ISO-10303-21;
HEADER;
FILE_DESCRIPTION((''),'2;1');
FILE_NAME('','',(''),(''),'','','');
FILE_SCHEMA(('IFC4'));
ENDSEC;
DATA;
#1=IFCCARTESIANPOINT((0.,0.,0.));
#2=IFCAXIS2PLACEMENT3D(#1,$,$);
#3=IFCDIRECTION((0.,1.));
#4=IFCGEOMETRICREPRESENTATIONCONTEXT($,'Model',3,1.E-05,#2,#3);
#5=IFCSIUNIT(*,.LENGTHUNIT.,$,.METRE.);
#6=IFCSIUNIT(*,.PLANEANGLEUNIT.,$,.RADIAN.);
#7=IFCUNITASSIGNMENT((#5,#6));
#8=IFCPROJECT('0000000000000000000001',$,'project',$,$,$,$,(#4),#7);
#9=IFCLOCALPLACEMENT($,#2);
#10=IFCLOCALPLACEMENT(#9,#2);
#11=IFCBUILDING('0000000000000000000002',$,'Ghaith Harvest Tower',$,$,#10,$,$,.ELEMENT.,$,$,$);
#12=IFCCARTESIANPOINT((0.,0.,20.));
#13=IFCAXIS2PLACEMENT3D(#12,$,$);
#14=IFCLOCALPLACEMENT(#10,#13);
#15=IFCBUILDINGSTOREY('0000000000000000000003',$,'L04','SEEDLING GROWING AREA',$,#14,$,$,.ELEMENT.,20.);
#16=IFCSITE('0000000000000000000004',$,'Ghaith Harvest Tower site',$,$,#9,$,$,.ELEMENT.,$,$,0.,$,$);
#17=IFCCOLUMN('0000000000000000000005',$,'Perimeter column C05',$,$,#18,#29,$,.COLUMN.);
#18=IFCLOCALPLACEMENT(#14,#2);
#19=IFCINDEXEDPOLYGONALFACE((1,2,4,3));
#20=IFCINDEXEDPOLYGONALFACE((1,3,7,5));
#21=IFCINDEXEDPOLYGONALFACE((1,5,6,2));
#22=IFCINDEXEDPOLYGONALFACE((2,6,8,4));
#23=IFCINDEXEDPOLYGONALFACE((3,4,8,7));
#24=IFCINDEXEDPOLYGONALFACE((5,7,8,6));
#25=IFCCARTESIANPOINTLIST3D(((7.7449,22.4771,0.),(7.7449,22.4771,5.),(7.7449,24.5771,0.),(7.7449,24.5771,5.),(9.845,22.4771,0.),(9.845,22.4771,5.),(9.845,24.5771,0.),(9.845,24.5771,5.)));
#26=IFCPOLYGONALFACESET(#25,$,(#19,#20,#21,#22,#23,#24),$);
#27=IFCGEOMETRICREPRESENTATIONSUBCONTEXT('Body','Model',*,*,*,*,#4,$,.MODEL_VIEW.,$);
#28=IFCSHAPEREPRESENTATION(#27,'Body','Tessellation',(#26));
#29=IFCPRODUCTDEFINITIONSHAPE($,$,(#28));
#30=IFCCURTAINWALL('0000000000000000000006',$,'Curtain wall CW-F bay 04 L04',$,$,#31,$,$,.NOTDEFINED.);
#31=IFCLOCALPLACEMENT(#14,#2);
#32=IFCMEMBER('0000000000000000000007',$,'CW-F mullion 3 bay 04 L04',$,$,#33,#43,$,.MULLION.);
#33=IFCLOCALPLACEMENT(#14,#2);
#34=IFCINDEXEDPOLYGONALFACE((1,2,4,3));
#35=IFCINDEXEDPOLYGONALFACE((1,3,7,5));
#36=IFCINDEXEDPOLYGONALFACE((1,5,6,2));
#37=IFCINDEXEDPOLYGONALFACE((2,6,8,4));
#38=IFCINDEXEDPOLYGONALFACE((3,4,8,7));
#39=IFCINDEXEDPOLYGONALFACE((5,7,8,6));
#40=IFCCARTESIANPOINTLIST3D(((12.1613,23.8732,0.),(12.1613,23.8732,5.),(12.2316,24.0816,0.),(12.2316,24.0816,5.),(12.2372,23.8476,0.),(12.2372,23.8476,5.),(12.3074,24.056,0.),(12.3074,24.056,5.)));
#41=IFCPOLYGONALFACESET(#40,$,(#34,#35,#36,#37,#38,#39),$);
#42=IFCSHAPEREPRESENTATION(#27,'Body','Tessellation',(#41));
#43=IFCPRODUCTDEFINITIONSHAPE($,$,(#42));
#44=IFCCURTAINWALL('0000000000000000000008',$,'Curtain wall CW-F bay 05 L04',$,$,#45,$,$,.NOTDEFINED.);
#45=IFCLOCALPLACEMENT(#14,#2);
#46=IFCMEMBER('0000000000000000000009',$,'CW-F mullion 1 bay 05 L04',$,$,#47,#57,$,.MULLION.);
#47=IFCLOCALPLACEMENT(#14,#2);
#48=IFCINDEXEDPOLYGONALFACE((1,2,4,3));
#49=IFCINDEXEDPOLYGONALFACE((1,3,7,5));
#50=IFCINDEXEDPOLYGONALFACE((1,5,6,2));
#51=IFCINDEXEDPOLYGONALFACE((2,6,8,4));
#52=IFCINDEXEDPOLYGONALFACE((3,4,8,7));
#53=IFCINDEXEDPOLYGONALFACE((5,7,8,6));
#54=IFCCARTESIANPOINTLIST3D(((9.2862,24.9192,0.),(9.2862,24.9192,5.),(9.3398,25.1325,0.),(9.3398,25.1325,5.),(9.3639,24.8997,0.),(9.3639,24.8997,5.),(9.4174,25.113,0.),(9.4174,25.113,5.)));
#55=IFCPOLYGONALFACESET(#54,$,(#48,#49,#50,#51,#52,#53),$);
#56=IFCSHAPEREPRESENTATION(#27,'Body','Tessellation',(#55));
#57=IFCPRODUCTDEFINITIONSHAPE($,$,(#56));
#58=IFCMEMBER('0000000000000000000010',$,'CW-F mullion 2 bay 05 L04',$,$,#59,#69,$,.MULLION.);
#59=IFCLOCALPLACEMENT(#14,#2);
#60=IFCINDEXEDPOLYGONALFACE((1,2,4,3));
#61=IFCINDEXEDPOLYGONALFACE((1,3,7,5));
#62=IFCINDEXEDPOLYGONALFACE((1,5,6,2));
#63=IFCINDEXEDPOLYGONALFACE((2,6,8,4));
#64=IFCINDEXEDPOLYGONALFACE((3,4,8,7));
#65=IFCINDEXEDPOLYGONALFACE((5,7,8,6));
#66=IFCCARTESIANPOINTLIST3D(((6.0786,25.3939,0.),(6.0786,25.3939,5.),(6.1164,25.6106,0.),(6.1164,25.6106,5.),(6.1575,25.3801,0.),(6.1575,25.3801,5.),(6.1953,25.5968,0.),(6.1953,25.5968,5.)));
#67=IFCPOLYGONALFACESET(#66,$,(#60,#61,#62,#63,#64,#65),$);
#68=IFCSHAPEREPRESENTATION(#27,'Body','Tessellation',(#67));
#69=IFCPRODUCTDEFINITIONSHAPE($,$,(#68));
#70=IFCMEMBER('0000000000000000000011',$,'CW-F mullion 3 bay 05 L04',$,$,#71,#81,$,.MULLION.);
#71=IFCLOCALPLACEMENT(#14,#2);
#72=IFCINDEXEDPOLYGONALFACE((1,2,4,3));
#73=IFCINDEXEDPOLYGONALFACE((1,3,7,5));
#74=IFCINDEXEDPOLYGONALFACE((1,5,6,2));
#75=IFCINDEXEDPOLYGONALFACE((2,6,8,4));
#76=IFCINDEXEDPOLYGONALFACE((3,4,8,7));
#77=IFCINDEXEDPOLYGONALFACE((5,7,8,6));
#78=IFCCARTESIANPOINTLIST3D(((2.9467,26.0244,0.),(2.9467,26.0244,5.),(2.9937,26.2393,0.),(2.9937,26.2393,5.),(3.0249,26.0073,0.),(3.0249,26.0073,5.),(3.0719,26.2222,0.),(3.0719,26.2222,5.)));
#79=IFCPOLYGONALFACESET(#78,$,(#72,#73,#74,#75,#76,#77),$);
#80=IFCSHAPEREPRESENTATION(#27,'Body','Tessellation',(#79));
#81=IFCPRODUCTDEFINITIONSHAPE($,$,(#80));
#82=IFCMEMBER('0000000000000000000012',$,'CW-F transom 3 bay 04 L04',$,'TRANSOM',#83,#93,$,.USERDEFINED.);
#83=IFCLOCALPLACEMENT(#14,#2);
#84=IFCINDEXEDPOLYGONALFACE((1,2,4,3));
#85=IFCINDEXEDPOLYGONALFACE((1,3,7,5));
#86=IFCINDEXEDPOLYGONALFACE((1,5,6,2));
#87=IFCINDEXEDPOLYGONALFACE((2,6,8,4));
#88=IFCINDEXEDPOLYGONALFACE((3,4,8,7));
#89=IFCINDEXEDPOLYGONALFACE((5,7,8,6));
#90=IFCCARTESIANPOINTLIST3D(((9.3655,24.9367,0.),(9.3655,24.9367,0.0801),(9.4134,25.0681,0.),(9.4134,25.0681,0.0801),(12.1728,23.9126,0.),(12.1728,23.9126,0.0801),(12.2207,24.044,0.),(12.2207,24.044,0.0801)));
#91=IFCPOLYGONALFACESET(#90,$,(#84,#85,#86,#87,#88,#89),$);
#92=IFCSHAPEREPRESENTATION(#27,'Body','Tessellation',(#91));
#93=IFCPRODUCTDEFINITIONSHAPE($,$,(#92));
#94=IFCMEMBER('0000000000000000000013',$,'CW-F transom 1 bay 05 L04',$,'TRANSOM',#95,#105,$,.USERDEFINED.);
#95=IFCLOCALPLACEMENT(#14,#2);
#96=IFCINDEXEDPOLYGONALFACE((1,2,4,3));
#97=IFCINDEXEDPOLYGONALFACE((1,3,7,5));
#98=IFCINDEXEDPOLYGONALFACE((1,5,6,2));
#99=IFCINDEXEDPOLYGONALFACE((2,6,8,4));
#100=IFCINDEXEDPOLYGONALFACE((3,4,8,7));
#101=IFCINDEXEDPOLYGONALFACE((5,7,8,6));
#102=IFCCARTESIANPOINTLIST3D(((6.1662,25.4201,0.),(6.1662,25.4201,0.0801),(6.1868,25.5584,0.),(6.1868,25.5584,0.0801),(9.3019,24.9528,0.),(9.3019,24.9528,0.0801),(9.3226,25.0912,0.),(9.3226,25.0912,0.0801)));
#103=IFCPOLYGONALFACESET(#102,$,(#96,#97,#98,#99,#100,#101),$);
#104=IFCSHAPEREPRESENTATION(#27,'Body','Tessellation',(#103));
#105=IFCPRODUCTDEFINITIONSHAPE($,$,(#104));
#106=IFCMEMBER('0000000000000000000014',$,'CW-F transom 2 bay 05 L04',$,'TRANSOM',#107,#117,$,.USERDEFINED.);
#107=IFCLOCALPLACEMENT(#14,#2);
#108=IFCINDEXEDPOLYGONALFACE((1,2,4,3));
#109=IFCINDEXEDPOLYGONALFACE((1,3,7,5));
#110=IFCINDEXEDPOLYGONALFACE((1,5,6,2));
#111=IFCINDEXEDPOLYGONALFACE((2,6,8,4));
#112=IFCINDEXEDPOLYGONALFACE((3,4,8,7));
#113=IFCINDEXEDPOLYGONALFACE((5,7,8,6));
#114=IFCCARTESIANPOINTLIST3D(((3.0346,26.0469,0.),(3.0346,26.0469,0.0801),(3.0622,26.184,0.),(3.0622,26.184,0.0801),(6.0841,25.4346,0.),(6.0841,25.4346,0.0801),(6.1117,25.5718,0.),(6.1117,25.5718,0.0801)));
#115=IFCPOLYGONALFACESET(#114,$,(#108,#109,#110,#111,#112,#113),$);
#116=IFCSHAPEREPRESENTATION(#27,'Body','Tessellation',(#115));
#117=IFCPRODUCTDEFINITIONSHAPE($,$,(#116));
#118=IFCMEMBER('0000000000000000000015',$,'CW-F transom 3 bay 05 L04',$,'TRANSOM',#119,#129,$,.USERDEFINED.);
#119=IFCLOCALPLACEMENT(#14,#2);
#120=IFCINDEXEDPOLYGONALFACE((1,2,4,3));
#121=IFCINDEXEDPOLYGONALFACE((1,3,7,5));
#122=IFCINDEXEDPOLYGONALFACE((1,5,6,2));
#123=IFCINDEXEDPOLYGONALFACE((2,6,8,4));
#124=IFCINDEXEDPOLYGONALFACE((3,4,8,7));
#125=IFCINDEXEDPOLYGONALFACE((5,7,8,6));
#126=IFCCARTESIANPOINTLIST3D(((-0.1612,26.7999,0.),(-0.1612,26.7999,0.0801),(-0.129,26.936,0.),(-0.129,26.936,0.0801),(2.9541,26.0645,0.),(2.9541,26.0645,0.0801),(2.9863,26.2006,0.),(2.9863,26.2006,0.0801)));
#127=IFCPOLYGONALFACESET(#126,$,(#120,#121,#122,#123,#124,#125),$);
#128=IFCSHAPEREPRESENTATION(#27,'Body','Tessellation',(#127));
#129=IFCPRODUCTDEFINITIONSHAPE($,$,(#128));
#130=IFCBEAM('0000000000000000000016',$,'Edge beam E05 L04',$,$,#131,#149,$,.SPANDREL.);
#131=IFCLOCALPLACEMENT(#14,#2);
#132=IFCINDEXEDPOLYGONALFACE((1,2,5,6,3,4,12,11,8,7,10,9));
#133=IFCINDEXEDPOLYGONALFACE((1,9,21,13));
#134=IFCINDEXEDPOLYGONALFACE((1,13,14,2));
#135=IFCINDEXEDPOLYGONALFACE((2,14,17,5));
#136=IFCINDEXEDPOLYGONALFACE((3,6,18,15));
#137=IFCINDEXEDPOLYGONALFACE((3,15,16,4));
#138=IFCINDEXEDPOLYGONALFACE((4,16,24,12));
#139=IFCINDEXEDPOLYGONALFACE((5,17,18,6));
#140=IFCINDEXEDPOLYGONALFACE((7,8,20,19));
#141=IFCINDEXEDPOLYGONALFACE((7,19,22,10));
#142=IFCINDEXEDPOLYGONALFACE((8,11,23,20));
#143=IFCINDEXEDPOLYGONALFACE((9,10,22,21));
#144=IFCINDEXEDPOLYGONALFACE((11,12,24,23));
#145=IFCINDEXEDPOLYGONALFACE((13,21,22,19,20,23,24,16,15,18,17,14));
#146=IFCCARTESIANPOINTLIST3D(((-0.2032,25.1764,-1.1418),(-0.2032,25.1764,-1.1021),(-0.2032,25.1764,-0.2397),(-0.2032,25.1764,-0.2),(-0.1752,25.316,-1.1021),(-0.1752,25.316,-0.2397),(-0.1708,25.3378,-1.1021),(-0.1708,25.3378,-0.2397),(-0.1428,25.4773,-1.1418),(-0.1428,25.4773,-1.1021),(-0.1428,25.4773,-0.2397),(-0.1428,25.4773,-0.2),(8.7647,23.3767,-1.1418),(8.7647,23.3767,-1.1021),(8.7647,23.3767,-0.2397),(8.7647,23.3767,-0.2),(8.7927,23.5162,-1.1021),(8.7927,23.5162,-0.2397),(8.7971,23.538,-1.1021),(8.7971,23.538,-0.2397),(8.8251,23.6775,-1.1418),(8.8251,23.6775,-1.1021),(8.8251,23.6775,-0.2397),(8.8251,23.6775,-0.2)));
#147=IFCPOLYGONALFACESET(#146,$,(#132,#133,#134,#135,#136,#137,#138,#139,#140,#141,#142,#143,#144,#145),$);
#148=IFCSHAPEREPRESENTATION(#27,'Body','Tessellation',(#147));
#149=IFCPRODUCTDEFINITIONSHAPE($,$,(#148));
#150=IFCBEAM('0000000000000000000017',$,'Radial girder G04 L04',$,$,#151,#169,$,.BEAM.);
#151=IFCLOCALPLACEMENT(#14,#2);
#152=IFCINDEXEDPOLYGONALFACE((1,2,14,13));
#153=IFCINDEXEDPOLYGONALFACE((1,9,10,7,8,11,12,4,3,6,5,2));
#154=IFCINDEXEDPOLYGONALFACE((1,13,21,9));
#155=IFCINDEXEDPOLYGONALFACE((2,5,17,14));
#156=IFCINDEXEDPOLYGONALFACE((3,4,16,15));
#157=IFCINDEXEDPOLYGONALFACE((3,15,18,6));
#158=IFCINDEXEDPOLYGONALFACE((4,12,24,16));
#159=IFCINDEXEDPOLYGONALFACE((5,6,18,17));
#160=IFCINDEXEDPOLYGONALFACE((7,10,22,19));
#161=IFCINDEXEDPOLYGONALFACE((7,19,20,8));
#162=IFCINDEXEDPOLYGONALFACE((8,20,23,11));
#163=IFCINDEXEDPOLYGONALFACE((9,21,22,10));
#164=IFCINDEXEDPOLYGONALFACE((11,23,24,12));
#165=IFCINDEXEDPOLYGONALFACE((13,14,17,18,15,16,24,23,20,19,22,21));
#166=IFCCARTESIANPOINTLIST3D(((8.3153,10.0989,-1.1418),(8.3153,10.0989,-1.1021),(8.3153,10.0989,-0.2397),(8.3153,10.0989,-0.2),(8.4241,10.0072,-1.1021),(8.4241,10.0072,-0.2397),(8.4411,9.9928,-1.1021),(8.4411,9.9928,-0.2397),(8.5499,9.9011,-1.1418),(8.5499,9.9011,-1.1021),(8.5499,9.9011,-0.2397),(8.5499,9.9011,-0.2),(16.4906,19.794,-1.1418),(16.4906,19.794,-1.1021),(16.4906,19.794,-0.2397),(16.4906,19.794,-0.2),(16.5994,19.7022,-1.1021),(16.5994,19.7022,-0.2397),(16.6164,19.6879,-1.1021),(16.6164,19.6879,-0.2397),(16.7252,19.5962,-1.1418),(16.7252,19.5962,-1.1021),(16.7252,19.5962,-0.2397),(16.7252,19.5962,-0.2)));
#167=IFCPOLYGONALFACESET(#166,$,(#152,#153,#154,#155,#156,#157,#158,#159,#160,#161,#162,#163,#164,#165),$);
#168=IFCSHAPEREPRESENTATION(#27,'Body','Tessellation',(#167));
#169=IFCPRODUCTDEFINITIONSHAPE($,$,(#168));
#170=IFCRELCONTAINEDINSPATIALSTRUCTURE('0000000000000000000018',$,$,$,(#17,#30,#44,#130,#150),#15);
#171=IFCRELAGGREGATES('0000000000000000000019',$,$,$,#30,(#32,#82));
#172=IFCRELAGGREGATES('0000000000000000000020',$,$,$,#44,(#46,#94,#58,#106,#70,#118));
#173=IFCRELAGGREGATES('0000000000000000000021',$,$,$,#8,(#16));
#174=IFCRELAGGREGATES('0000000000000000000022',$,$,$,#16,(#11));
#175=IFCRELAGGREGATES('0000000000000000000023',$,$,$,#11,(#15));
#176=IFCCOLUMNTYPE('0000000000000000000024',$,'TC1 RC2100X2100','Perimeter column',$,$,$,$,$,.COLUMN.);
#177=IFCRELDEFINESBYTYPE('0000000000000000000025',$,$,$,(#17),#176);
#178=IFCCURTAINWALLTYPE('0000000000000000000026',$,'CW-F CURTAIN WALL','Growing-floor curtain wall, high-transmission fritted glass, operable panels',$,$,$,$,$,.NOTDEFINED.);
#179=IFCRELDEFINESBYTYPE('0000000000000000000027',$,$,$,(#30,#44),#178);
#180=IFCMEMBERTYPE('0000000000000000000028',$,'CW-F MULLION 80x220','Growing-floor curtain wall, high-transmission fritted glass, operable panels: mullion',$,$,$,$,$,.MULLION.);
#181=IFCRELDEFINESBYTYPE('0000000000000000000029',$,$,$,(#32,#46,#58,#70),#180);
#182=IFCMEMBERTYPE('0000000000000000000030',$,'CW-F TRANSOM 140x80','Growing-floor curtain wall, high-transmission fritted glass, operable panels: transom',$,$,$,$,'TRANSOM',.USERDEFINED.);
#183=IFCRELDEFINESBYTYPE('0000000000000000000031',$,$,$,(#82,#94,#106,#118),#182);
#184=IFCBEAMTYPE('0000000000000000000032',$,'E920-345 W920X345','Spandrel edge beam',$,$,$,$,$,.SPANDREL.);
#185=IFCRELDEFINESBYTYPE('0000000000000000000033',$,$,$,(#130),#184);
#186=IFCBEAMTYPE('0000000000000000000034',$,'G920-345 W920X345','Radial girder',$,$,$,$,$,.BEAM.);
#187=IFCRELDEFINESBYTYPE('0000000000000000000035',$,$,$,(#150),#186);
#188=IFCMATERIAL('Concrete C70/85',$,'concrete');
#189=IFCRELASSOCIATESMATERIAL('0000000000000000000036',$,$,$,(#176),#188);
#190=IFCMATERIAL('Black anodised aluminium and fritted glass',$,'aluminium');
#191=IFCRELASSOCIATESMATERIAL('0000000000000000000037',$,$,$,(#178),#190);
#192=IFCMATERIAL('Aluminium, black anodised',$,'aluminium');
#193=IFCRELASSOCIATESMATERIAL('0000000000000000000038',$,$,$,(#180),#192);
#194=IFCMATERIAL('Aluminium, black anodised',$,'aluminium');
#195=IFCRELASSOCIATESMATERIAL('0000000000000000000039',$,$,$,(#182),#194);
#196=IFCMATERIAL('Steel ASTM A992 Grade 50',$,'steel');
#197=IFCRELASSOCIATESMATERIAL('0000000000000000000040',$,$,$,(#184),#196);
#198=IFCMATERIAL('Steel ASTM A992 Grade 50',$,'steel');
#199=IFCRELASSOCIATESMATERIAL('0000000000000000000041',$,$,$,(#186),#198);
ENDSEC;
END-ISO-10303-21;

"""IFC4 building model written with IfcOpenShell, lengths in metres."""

from ifc_helpers import new_model, si_unit, direction, frame, origin, origin_2d, place, context, subcontext, project, spatial, rectangle, i_section, extrude, material, material_profile, profile_set, type_object, element, aggregate, save


model = new_model("IFC4")

# Units and contexts
model_context = context("Model", 3, precision=1e-05, world=origin(), true_north=direction((0.0, 1.0)))
body_context = subcontext(model_context, "Body", "Model", "MODEL_VIEW")
ifc_project = project(units=[si_unit("LENGTHUNIT", "METRE"), si_unit("PLANEANGLEUNIT", "RADIAN")], contexts=[model_context])

# Site, building, storey
site_placement = place(None, origin())
site = spatial("IfcSite", under=ifc_project, at=site_placement, Name="Ghaith Harvest Tower site", CompositionType="ELEMENT", RefElevation=0.0)
building_placement = place(site_placement, origin())
building = spatial("IfcBuilding", under=site, at=building_placement, Name="Ghaith Harvest Tower", CompositionType="ELEMENT")
storey_placement = place(building_placement, frame((0.0, 0.0, 20.0)))
storey = spatial("IfcBuildingStorey", under=building, at=storey_placement, Name="L04", Description="SEEDLING GROWING AREA", CompositionType="ELEMENT", Elevation=20.0)

# Column
ifc_material_1 = material(Name="Concrete C70/85", Category="concrete")
ifc_material_profile_1 = material_profile(ifc_material_1, rectangle(XDim=2.1001, YDim=2.1001, at=origin_2d()), Name="RC2100X2100")
ifc_profile_set_1 = profile_set([ifc_material_profile_1], Name="Concrete C70/85")
column_type = type_object("IfcColumnType", Name="TC1 RC2100X2100", Description="Perimeter column", PredefinedType="COLUMN", material=ifc_profile_set_1)
column_placement = place(storey_placement, frame((8.7949, 23.5271, 0.0), z_axis=(0.0, 0.0, 1.0), x_axis=(1.0, 0.0, 0.0)))
element("IfcColumn", 1, at=column_placement, inside=storey, type_object=column_type, Name="Perimeter column C05", PredefinedType="COLUMN", context=body_context, shape_type="SweptSolid", body=[
    extrude(rectangle(XDim=2.1001, YDim=2.1001, at=origin_2d()), origin(), (0.0, 0.0, 1.0), 5.0),
])

# Curtain wall, member
ifc_material_2 = material(Name="Black anodised aluminium and fritted glass", Category="aluminium")
curtain_wall_type = type_object("IfcCurtainWallType", Name="CW-F CURTAIN WALL", Description="Growing-floor curtain wall, high-transmission fritted glass, operable panels", PredefinedType="NOTDEFINED", material=ifc_material_2)
curtain_wall_1_placement = place(storey_placement, origin())
curtain_wall_1 = element("IfcCurtainWall", 2, at=curtain_wall_1_placement, inside=storey, type_object=curtain_wall_type, Name="Curtain wall CW-F bay 04 L04", PredefinedType="NOTDEFINED")
ifc_material_3 = material(Name="Aluminium, black anodised", Category="aluminium")
ifc_material_profile_2 = material_profile(ifc_material_3, rectangle(XDim=0.0801, YDim=0.22, at=origin_2d()), Name="CW-F MULLION 80x220")
ifc_profile_set_2 = profile_set([ifc_material_profile_2], Name="Aluminium, black anodised")
member_type_1 = type_object("IfcMemberType", Name="CW-F MULLION 80x220", Description="Growing-floor curtain wall, high-transmission fritted glass, operable panels: mullion", PredefinedType="MULLION", material=ifc_profile_set_2)
member_1_placement = place(storey_placement, frame((12.2344, 23.9646, 0.0), z_axis=(0.0, 0.0, 1.0), x_axis=(-0.947653, 0.319301, 0.0)))
member_1 = element("IfcMember", 3, at=member_1_placement, type_object=member_type_1, Name="CW-F mullion 3 bay 04 L04", PredefinedType="MULLION", context=body_context, shape_type="SweptSolid", body=[
    extrude(rectangle(XDim=0.0801, YDim=0.22, at=origin_2d()), origin(), (0.0, 0.0, 1.0), 5.0),
])

# Curtain wall, members
curtain_wall_2_placement = place(storey_placement, origin())
curtain_wall_2 = element("IfcCurtainWall", 4, at=curtain_wall_2_placement, inside=storey, type_object=curtain_wall_type, Name="Curtain wall CW-F bay 05 L04", PredefinedType="NOTDEFINED")
member_2_placement = place(storey_placement, frame((9.3518, 25.0161, 0.0), z_axis=(0.0, 0.0, 1.0), x_axis=(-0.969903, 0.24349, 0.0)))
member_2 = element("IfcMember", 5, at=member_2_placement, type_object=member_type_1, Name="CW-F mullion 1 bay 05 L04", PredefinedType="MULLION", context=body_context, shape_type="SweptSolid", body=[
    extrude(rectangle(XDim=0.0801, YDim=0.22, at=origin_2d()), origin(), (0.0, 0.0, 1.0), 5.0),
])
member_3_placement = place(storey_placement, frame((6.137, 25.4954, 0.0), z_axis=(0.0, 0.0, 1.0), x_axis=(-0.985104, 0.171961, 0.0)))
member_3 = element("IfcMember", 6, at=member_3_placement, type_object=member_type_1, Name="CW-F mullion 2 bay 05 L04", PredefinedType="MULLION", context=body_context, shape_type="SweptSolid", body=[
    extrude(rectangle(XDim=0.0801, YDim=0.22, at=origin_2d()), origin(), (0.0, 0.0, 1.0), 5.0),
])
member_4_placement = place(storey_placement, frame((3.0093, 26.1233, 0.0), z_axis=(0.0, 0.0, 1.0), x_axis=(-0.976927, 0.213572, 0.0)))
member_4 = element("IfcMember", 7, at=member_4_placement, type_object=member_type_1, Name="CW-F mullion 3 bay 05 L04", PredefinedType="MULLION", context=body_context, shape_type="SweptSolid", body=[
    extrude(rectangle(XDim=0.0801, YDim=0.22, at=origin_2d()), origin(), (0.0, 0.0, 1.0), 5.0),
])

# Members
ifc_material_4 = material(Name="Aluminium, black anodised", Category="aluminium")
ifc_material_profile_3 = material_profile(ifc_material_4, rectangle(XDim=0.1399, YDim=0.0801, at=origin_2d()), Name="CW-F TRANSOM 140x80")
ifc_profile_set_3 = profile_set([ifc_material_profile_3], Name="Aluminium, black anodised")
member_type_2 = type_object("IfcMemberType", Name="CW-F TRANSOM 140x80", Description="Growing-floor curtain wall, high-transmission fritted glass, operable panels: transom", ElementType="TRANSOM", PredefinedType="USERDEFINED", material=ifc_profile_set_3)
member_5_placement = place(storey_placement, frame((12.1968, 23.9783, 0.04), z_axis=(-0.939438, 0.34272, 0.0), x_axis=(-0.34272, -0.939438, 0.0)))
member_5 = element("IfcMember", 8, at=member_5_placement, type_object=member_type_2, Name="CW-F transom 3 bay 04 L04", ObjectType="TRANSOM", PredefinedType="USERDEFINED", context=body_context, shape_type="SweptSolid", body=[
    extrude(rectangle(XDim=0.1399, YDim=0.0801, at=origin_2d()), origin(), (0.0, 0.0, 1.0), 2.9883),
])
member_6_placement = place(storey_placement, frame((9.3123, 25.022, 0.04), z_axis=(-0.989078, 0.147391, 0.0), x_axis=(-0.147391, -0.989078, 0.0)))
member_6 = element("IfcMember", 9, at=member_6_placement, type_object=member_type_2, Name="CW-F transom 1 bay 05 L04", ObjectType="TRANSOM", PredefinedType="USERDEFINED", context=body_context, shape_type="SweptSolid", body=[
    extrude(rectangle(XDim=0.1399, YDim=0.0801, at=origin_2d()), origin(), (0.0, 0.0, 1.0), 3.1704),
])
member_7_placement = place(storey_placement, frame((6.0979, 25.5032, 0.04), z_axis=(-0.980432, 0.196856, 0.0), x_axis=(-0.196856, -0.980432, 0.0)))
member_7 = element("IfcMember", 10, at=member_7_placement, type_object=member_type_2, Name="CW-F transom 2 bay 05 L04", ObjectType="TRANSOM", PredefinedType="USERDEFINED", context=body_context, shape_type="SweptSolid", body=[
    extrude(rectangle(XDim=0.1399, YDim=0.0801, at=origin_2d()), origin(), (0.0, 0.0, 1.0), 3.1104),
])
member_8_placement = place(storey_placement, frame((2.9702, 26.1326, 0.04), z_axis=(-0.973253, 0.229736, 0.0), x_axis=(-0.229736, -0.973253, 0.0)))
member_8 = element("IfcMember", 11, at=member_8_placement, type_object=member_type_2, Name="CW-F transom 3 bay 05 L04", ObjectType="TRANSOM", PredefinedType="USERDEFINED", context=body_context, shape_type="SweptSolid", body=[
    extrude(rectangle(XDim=0.1399, YDim=0.0801, at=origin_2d()), origin(), (0.0, 0.0, 1.0), 3.2009),
])

# Beams
ifc_material_5 = material(Name="Steel ASTM A992 Grade 50", Category="steel")
ifc_material_profile_4 = material_profile(ifc_material_5, i_section(OverallWidth=0.3069, OverallDepth=0.9419, WebThickness=0.0222, FlangeThickness=0.0398, at=origin_2d()), Name="W920X345")
ifc_profile_set_4 = profile_set([ifc_material_profile_4], Name="Steel ASTM A992 Grade 50")
beam_type_1 = type_object("IfcBeamType", Name="E920-345 W920X345", Description="Spandrel edge beam", PredefinedType="SPANDREL", material=ifc_profile_set_4)
beam_1_placement = place(storey_placement, frame((8.7949, 23.5271, -0.6709), z_axis=(-0.98045, 0.196768, 0.0), x_axis=(-0.196768, -0.98045, 0.0)))
element("IfcBeam", 12, at=beam_1_placement, inside=storey, type_object=beam_type_1, Name="Edge beam E05 L04", PredefinedType="SPANDREL", context=body_context, shape_type="SweptSolid", body=[
    extrude(i_section(OverallWidth=0.3069, OverallDepth=0.9419, WebThickness=0.0222, FlangeThickness=0.0398, at=origin_2d()), origin(), (0.0, 0.0, 1.0), 9.1467),
])
ifc_material_6 = material(Name="Steel ASTM A992 Grade 50", Category="steel")
ifc_material_profile_5 = material_profile(ifc_material_6, i_section(OverallWidth=0.3069, OverallDepth=0.9419, WebThickness=0.0222, FlangeThickness=0.0398, at=origin_2d()), Name="W920X345")
ifc_profile_set_5 = profile_set([ifc_material_profile_5], Name="Steel ASTM A992 Grade 50")
beam_type_2 = type_object("IfcBeamType", Name="G920-345 W920X345", Description="Radial girder", PredefinedType="BEAM", material=ifc_profile_set_5)
beam_2_placement = place(storey_placement, frame((8.4326, 10.0, -0.6709), z_axis=(0.644644, 0.764483, 0.0), x_axis=(-0.764483, 0.644644, 0.0)))
element("IfcBeam", 13, at=beam_2_placement, inside=storey, type_object=beam_type_2, Name="Radial girder G04 L04", PredefinedType="BEAM", context=body_context, shape_type="SweptSolid", body=[
    extrude(i_section(OverallWidth=0.3069, OverallDepth=0.9419, WebThickness=0.0222, FlangeThickness=0.0398, at=origin_2d()), origin(), (0.0, 0.0, 1.0), 12.6819),
])

aggregate(curtain_wall_1, [member_1, member_5])
aggregate(curtain_wall_2, [member_2, member_6, member_3, member_7, member_4, member_8])

save(model, "model.ifc")
